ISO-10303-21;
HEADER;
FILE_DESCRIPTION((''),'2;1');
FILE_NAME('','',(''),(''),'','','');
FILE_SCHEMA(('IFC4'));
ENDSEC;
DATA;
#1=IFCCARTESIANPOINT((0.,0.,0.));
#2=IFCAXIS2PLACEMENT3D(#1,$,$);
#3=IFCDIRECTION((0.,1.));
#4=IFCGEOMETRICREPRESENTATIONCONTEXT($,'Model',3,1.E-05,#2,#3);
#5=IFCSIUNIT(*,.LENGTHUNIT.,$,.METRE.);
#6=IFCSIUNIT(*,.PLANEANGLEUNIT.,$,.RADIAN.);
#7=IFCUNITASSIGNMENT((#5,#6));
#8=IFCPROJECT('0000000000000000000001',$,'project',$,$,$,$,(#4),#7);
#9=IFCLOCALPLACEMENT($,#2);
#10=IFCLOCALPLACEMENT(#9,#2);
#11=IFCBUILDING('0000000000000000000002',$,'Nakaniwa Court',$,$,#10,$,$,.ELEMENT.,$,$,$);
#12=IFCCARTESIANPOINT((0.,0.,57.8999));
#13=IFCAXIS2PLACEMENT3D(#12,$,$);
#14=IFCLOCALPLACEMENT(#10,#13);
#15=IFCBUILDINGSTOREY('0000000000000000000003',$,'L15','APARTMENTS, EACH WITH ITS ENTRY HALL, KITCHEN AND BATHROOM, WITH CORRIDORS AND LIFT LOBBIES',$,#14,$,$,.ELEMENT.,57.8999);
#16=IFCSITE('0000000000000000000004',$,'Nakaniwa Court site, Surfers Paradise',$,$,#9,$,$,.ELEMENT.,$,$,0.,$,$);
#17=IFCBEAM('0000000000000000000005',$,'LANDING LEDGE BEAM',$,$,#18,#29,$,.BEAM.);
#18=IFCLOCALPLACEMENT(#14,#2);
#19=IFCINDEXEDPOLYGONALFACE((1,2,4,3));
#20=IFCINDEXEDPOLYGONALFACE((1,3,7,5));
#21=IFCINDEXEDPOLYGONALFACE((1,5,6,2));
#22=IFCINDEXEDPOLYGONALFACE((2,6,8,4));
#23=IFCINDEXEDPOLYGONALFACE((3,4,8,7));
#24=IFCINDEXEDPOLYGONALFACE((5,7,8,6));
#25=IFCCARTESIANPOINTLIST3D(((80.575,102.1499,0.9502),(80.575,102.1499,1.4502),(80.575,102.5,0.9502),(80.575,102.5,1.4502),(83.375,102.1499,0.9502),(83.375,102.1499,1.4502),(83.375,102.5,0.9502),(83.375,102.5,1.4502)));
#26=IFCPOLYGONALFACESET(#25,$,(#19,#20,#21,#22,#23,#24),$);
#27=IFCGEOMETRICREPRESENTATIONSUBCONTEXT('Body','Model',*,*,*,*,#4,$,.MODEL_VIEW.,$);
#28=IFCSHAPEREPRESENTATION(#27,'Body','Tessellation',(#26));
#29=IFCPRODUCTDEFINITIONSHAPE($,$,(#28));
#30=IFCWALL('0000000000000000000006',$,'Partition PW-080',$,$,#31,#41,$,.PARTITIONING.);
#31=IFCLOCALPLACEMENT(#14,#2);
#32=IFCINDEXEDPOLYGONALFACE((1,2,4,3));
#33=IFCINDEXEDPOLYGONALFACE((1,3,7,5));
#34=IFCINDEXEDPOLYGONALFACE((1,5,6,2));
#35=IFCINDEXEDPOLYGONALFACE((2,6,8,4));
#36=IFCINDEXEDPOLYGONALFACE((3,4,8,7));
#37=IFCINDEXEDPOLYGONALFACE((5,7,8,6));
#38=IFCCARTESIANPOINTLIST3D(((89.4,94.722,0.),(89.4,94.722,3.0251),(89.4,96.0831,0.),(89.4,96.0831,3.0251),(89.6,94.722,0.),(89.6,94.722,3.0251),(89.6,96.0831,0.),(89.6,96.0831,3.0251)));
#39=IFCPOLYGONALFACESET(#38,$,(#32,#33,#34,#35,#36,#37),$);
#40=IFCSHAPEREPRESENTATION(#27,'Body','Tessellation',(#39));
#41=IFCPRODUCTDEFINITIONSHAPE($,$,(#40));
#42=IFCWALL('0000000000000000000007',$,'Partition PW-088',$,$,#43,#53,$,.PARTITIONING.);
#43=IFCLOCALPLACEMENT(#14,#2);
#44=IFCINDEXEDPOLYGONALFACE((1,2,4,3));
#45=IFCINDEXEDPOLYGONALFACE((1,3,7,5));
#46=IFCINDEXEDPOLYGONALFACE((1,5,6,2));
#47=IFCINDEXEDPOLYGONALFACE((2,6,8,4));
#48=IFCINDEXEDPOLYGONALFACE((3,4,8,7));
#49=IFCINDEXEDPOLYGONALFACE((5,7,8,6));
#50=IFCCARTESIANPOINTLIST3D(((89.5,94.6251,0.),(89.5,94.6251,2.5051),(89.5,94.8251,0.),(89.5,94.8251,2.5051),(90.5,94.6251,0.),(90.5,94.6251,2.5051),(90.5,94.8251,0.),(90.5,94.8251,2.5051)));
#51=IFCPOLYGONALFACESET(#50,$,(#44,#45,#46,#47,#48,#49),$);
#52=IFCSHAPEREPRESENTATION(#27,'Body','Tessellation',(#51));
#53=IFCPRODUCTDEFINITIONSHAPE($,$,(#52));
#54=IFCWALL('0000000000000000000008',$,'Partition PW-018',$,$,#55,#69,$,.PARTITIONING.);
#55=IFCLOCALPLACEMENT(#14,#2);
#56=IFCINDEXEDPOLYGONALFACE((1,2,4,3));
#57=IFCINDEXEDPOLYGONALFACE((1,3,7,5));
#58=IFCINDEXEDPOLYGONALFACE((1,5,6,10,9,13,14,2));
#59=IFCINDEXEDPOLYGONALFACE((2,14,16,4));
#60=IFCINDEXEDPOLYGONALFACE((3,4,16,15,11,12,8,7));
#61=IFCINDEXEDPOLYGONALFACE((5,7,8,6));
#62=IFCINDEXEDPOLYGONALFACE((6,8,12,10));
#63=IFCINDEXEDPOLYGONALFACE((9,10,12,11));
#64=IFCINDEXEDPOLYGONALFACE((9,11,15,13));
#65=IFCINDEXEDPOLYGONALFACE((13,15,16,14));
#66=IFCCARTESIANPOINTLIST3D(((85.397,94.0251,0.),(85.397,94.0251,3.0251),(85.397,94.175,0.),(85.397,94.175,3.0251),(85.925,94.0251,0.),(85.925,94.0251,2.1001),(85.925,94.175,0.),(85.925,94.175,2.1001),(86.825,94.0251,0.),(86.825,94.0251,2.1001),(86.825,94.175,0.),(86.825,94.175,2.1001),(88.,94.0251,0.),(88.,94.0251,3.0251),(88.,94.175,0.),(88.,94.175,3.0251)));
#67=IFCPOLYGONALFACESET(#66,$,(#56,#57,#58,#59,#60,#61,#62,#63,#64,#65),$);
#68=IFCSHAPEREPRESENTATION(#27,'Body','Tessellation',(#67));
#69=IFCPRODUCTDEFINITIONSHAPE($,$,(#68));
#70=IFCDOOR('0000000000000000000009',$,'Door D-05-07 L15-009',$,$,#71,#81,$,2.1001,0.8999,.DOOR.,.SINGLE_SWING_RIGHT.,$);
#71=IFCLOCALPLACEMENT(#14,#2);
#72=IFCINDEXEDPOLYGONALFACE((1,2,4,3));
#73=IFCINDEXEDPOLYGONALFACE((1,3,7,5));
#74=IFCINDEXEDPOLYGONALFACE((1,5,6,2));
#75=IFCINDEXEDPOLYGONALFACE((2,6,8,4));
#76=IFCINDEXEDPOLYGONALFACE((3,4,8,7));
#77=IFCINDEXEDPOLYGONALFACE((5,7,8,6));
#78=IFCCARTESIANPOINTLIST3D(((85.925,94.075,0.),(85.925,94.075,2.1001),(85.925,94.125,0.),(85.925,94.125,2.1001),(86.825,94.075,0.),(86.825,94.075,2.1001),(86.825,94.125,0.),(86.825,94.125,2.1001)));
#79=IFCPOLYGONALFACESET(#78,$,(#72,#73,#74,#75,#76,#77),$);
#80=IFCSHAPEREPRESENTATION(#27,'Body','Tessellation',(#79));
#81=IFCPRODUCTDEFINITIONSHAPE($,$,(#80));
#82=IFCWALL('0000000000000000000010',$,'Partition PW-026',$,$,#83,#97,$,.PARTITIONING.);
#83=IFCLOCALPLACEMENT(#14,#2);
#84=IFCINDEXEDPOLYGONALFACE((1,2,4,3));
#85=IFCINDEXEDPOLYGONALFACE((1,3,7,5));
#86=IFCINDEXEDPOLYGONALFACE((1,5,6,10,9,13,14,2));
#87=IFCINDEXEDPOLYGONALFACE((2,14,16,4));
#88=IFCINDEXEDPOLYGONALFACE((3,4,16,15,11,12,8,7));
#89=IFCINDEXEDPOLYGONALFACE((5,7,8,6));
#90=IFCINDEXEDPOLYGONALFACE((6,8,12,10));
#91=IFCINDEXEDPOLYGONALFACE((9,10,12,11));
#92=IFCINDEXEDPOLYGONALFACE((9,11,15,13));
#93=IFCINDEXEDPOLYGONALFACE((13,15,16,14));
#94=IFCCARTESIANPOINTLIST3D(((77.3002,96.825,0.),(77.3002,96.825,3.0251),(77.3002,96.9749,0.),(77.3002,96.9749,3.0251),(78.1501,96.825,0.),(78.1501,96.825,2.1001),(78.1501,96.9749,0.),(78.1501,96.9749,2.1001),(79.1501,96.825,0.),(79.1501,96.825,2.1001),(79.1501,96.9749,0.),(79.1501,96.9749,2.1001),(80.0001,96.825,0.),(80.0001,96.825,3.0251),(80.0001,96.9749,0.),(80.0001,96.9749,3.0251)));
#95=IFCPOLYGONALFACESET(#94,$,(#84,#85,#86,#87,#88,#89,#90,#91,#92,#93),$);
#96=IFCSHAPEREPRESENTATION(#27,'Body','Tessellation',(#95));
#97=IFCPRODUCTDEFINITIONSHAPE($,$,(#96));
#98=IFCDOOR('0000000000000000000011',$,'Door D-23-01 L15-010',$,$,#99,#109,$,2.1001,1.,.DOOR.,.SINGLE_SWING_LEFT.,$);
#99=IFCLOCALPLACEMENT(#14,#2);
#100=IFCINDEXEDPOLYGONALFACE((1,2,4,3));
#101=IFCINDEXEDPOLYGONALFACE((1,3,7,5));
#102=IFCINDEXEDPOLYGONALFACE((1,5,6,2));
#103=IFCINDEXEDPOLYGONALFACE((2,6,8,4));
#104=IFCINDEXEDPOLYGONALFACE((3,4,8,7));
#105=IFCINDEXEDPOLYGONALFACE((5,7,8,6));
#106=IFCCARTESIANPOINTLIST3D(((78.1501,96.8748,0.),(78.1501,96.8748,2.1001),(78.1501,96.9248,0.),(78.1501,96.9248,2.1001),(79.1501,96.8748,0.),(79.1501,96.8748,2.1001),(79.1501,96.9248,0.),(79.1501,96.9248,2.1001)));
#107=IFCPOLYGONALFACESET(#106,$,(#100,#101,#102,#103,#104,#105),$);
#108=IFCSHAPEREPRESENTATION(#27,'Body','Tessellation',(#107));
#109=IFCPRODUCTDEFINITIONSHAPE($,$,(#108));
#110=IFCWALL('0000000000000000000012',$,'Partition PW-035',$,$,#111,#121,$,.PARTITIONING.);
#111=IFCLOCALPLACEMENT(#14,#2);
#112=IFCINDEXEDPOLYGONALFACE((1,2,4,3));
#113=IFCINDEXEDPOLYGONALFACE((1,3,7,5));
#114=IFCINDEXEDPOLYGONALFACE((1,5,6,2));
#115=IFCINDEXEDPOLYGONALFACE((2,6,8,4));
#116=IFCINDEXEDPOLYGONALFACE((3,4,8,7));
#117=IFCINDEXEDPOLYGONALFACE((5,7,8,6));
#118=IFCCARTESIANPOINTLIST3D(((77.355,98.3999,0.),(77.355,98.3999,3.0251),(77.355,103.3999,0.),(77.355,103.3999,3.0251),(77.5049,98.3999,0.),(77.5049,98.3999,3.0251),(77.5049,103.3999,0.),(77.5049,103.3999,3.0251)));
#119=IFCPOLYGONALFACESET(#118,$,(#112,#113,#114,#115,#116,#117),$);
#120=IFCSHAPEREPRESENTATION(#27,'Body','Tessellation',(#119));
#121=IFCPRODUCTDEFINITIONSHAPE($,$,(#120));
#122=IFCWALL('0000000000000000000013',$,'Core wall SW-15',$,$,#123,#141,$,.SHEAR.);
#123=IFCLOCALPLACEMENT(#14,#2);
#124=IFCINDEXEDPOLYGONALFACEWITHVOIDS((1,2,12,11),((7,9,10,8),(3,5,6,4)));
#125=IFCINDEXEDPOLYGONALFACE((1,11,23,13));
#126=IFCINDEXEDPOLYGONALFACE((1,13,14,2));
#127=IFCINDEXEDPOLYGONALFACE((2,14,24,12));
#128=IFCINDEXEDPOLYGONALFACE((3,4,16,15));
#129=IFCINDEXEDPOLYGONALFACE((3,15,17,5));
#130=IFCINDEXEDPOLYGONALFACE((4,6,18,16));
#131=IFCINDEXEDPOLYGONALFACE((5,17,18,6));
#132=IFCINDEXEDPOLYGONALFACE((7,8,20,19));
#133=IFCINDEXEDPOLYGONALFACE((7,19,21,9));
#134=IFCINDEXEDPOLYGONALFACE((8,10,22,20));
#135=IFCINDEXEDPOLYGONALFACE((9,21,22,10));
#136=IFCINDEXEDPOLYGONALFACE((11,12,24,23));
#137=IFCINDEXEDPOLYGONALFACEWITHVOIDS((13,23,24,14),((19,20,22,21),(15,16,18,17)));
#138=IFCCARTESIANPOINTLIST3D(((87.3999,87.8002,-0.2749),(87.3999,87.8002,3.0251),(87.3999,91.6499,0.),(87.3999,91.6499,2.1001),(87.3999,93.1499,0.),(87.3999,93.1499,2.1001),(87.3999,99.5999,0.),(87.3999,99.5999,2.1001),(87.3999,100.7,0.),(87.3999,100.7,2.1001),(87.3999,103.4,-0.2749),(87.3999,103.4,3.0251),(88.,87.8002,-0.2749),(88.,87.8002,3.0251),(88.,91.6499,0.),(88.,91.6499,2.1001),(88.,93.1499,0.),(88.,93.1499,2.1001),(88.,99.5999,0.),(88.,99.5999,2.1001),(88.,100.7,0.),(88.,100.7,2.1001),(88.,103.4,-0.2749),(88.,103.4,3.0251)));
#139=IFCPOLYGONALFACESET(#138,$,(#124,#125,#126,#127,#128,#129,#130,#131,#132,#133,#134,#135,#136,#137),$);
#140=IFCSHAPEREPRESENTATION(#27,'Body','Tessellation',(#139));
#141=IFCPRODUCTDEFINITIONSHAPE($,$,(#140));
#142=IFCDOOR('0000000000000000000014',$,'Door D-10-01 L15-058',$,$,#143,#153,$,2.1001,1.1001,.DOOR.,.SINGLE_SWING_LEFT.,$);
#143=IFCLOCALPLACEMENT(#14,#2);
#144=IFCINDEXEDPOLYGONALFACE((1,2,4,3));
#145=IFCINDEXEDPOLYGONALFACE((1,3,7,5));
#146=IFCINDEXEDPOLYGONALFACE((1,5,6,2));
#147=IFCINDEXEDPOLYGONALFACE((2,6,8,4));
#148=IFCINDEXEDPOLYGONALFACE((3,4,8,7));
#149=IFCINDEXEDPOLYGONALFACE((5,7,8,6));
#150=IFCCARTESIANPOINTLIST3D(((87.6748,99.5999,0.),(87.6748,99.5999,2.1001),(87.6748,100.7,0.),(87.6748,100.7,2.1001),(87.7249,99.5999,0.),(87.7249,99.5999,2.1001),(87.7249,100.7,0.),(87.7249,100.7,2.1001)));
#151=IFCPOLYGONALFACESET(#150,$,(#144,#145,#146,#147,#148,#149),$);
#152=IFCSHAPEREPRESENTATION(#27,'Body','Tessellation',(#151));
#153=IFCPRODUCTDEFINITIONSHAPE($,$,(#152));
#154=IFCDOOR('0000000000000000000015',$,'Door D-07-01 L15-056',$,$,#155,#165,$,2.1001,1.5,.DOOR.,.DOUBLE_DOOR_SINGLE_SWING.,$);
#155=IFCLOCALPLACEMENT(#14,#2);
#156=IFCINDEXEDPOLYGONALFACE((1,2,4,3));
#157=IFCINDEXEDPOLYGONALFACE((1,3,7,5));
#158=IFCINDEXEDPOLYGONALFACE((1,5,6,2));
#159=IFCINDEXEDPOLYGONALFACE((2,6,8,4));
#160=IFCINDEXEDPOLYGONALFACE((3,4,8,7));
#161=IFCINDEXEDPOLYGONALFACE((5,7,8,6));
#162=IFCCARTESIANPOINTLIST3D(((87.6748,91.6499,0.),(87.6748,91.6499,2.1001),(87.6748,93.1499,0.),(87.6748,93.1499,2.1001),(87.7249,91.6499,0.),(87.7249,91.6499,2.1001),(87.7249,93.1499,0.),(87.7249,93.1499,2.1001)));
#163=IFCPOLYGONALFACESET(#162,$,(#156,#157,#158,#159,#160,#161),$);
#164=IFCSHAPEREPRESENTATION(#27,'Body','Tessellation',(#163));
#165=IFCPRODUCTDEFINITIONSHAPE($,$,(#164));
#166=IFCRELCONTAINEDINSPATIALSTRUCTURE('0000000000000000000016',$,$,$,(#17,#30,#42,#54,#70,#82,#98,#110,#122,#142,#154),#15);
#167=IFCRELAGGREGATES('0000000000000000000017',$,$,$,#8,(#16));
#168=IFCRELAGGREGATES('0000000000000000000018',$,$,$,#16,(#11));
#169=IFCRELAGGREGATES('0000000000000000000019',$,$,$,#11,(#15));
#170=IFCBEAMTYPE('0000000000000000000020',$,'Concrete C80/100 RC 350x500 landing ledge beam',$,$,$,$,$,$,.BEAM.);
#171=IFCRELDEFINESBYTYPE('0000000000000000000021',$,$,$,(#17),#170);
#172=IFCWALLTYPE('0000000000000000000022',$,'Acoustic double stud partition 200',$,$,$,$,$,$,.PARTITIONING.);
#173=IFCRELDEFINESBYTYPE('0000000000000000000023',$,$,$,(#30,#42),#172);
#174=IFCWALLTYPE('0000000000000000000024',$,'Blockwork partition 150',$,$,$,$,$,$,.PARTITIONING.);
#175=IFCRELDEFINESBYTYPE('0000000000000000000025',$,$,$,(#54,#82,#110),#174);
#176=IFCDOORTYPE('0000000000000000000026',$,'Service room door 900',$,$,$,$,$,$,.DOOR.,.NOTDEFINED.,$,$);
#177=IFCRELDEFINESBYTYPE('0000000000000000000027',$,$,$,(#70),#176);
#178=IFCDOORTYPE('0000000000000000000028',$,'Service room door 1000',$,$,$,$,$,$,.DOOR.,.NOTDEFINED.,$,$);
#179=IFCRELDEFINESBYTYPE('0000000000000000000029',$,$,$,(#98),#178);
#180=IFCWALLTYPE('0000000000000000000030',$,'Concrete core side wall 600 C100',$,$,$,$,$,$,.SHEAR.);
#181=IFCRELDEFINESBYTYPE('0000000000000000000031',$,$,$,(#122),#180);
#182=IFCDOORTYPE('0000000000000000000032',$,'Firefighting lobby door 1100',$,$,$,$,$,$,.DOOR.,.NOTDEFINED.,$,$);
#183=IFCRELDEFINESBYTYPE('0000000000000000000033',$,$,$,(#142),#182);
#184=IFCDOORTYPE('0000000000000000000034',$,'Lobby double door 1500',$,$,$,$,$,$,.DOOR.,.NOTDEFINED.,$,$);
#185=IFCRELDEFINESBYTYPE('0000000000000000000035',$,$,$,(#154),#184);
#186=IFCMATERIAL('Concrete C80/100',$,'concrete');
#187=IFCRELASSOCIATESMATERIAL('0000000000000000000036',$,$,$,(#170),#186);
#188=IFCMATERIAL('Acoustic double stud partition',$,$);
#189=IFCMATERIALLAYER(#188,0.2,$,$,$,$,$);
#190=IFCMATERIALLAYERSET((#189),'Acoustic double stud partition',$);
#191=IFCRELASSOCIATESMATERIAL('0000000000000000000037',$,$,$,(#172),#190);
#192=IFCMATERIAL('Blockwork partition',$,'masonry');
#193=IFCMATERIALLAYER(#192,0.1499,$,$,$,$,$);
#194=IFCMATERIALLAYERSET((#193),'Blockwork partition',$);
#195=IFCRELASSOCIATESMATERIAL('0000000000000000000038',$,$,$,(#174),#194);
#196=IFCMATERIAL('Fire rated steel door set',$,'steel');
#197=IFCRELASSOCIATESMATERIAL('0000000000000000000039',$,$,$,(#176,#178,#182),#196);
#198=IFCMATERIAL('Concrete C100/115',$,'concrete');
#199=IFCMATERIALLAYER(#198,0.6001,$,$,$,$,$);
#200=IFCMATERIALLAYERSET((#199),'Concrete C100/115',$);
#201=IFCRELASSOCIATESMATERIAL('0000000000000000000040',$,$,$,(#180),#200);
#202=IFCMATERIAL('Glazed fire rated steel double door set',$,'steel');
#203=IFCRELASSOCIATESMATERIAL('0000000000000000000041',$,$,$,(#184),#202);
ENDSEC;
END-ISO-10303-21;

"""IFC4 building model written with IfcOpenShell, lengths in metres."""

from ifc_helpers import new_model, si_unit, direction, frame, frame_2d, origin, origin_2d, place, context, subcontext, project, spatial, rectangle, extrude, material, layer, layer_set, material_profile, profile_set, type_object, element, fill, save


model = new_model("IFC4")

# Units and contexts
model_context = context("Model", 3, precision=1e-05, world=origin(), true_north=direction((0.0, 1.0)))
body_context = subcontext(model_context, "Body", "Model", "MODEL_VIEW")
ifc_project = project(units=[si_unit("LENGTHUNIT", "METRE"), si_unit("PLANEANGLEUNIT", "RADIAN")], contexts=[model_context])

# Site, building, storey
site_placement = place(None, origin())
site = spatial("IfcSite", under=ifc_project, at=site_placement, Name="Nakaniwa Court site, Surfers Paradise", CompositionType="ELEMENT", RefElevation=0.0)
building_placement = place(site_placement, origin())
building = spatial("IfcBuilding", under=site, at=building_placement, Name="Nakaniwa Court", CompositionType="ELEMENT")
storey_placement = place(building_placement, frame((0.0, 0.0, 57.8999)))
storey = spatial("IfcBuildingStorey", under=building, at=storey_placement, Name="L15", Description="APARTMENTS, EACH WITH ITS ENTRY HALL, KITCHEN AND BATHROOM, WITH CORRIDORS AND LIFT LOBBIES", CompositionType="ELEMENT", Elevation=57.8999)

# Beam
ifc_material_1 = material(Name="Concrete C80/100", Category="concrete")
ifc_material_profile = material_profile(ifc_material_1, rectangle(XDim=0.3501, YDim=0.5, at=origin_2d()), Name="Concrete C80/100 RC 350x500 landing ledge beam")
ifc_profile_set = profile_set([ifc_material_profile], Name="Concrete C80/100")
beam_type = type_object("IfcBeamType", Name="Concrete C80/100 RC 350x500 landing ledge beam", PredefinedType="BEAM", material=ifc_profile_set)
beam_placement = place(storey_placement, frame((80.575, 102.325, 1.2002), z_axis=(1.0, 0.0, 0.0), x_axis=(0.0, 1.0, 0.0)))
element("IfcBeam", 1, at=beam_placement, inside=storey, type_object=beam_type, Name="LANDING LEDGE BEAM", PredefinedType="BEAM", context=body_context, shape_type="SweptSolid", body=[
    extrude(rectangle(XDim=0.3501, YDim=0.5, at=origin_2d()), origin(), (0.0, 0.0, 1.0), 2.8),
])

# Walls
ifc_material_2 = material(Name="Acoustic double stud partition")
ifc_layer_1 = layer(ifc_material_2, 0.2)
ifc_layer_set_1 = layer_set([ifc_layer_1], Name="Acoustic double stud partition")
wall_type_1 = type_object("IfcWallType", Name="Acoustic double stud partition 200", PredefinedType="PARTITIONING", material=ifc_layer_set_1)
wall_1_placement = place(storey_placement, frame((89.5, 94.7219, 0.0), z_axis=(0.0, 0.0, 1.0), x_axis=(0.0, 1.0, 0.0)))
element("IfcWall", 2, at=wall_1_placement, inside=storey, type_object=wall_type_1, Name="Partition PW-080", PredefinedType="PARTITIONING", context=body_context, shape_type="SweptSolid", body=[
    extrude(rectangle(XDim=1.3611, YDim=0.2, at=frame_2d((0.6807, 0.0))), origin(), (0.0, 0.0, 1.0), 3.0251),
])
wall_2_placement = place(storey_placement, frame((89.5, 94.7251, 0.0), z_axis=(0.0, 0.0, 1.0), x_axis=(1.0, 0.0, 0.0)))
element("IfcWall", 3, at=wall_2_placement, inside=storey, type_object=wall_type_1, Name="Partition PW-088", PredefinedType="PARTITIONING", context=body_context, shape_type="SweptSolid", body=[
    extrude(rectangle(XDim=1.0, YDim=0.2, at=frame_2d((0.5, 0.0))), origin(), (0.0, 0.0, 1.0), 2.5051),
])

# Walls, openings, doors
ifc_material_3 = material(Name="Blockwork partition", Category="masonry")
ifc_layer_2 = layer(ifc_material_3, 0.1499)
ifc_layer_set_2 = layer_set([ifc_layer_2], Name="Blockwork partition")
wall_type_2 = type_object("IfcWallType", Name="Blockwork partition 150", PredefinedType="PARTITIONING", material=ifc_layer_set_2)
wall_3_placement = place(storey_placement, frame((85.397, 94.1001, 0.0), z_axis=(0.0, 0.0, 1.0), x_axis=(1.0, 0.0, 0.0)))
wall_3 = element("IfcWall", 4, at=wall_3_placement, inside=storey, type_object=wall_type_2, Name="Partition PW-018", PredefinedType="PARTITIONING", context=body_context, shape_type="SweptSolid", body=[
    extrude(rectangle(XDim=2.603, YDim=0.1499, at=frame_2d((1.3015, 0.0))), origin(), (0.0, 0.0, 1.0), 3.0251),
])
opening_1_placement = place(wall_3_placement, frame((0.5281, 0.0, 0.0)))
opening_1 = element("IfcOpeningElement", 5, at=opening_1_placement, cuts=wall_3, PredefinedType="OPENING", context=body_context, shape_type="SweptSolid", body=[
    extrude(rectangle(XDim=0.8999, YDim=2.1001, at=frame_2d((0.45, 1.05))), frame((0.0, 0.085, 0.0), z_axis=(0.0, -1.0, 0.0), x_axis=(1.0, 0.0, 0.0)), (0.0, 0.0, 1.0), 0.1699),
])
ifc_material_4 = material(Name="Fire rated steel door set", Category="steel")
door_type_1 = type_object("IfcDoorType", Name="Service room door 900", OperationType="NOTDEFINED", PredefinedType="DOOR", material=ifc_material_4)
door_1_placement = place(opening_1_placement, origin())
door_1 = element("IfcDoor", 6, at=door_1_placement, inside=storey, type_object=door_type_1, Name="Door D-05-07 L15-009", OperationType="SINGLE_SWING_RIGHT", OverallHeight=2.1001, OverallWidth=0.8999, PredefinedType="DOOR", context=body_context, shape_type="SweptSolid", body=[
    extrude(rectangle(XDim=0.8999, YDim=2.1001, at=frame_2d((0.45, 1.05))), frame((0.0, 0.0249, 0.0), z_axis=(0.0, -1.0, 0.0), x_axis=(1.0, 0.0, 0.0)), (0.0, 0.0, 1.0), 0.05),
])
fill(opening_1, door_1)
wall_4_placement = place(storey_placement, frame((77.3, 96.8999, 0.0), z_axis=(0.0, 0.0, 1.0), x_axis=(1.0, 0.0, 0.0)))
wall_4 = element("IfcWall", 7, at=wall_4_placement, inside=storey, type_object=wall_type_2, Name="Partition PW-026", PredefinedType="PARTITIONING", context=body_context, shape_type="SweptSolid", body=[
    extrude(rectangle(XDim=2.7, YDim=0.1499, at=frame_2d((1.3501, 0.0))), origin(), (0.0, 0.0, 1.0), 3.0251),
])
opening_2_placement = place(wall_4_placement, frame((0.8501, 0.0, 0.0)))
opening_2 = element("IfcOpeningElement", 8, at=opening_2_placement, cuts=wall_4, PredefinedType="OPENING", context=body_context, shape_type="SweptSolid", body=[
    extrude(rectangle(XDim=1.0, YDim=2.1001, at=frame_2d((0.5, 1.05))), frame((0.0, 0.085, 0.0), z_axis=(0.0, -1.0, 0.0), x_axis=(1.0, 0.0, 0.0)), (0.0, 0.0, 1.0), 0.1699),
])
door_type_2 = type_object("IfcDoorType", Name="Service room door 1000", OperationType="NOTDEFINED", PredefinedType="DOOR", material=ifc_material_4)
door_2_placement = place(opening_2_placement, origin())
door_2 = element("IfcDoor", 9, at=door_2_placement, inside=storey, type_object=door_type_2, Name="Door D-23-01 L15-010", OperationType="SINGLE_SWING_LEFT", OverallHeight=2.1001, OverallWidth=1.0, PredefinedType="DOOR", context=body_context, shape_type="SweptSolid", body=[
    extrude(rectangle(XDim=1.0, YDim=2.1001, at=frame_2d((0.5, 1.05))), frame((0.0, 0.0249, 0.0), z_axis=(0.0, -1.0, 0.0), x_axis=(1.0, 0.0, 0.0)), (0.0, 0.0, 1.0), 0.05),
])
fill(opening_2, door_2)

# Wall
wall_5_placement = place(storey_placement, frame((77.4299, 98.3999, 0.0), z_axis=(0.0, 0.0, 1.0), x_axis=(0.0, 1.0, 0.0)))
element("IfcWall", 10, at=wall_5_placement, inside=storey, type_object=wall_type_2, Name="Partition PW-035", PredefinedType="PARTITIONING", context=body_context, shape_type="SweptSolid", body=[
    extrude(rectangle(XDim=5.0, YDim=0.1499, at=frame_2d((2.5, 0.0))), origin(), (0.0, 0.0, 1.0), 3.0251),
])

# Wall, openings, doors
ifc_material_5 = material(Name="Concrete C100/115", Category="concrete")
ifc_layer_3 = layer(ifc_material_5, 0.6001)
ifc_layer_set_3 = layer_set([ifc_layer_3], Name="Concrete C100/115")
wall_type_3 = type_object("IfcWallType", Name="Concrete core side wall 600 C100", PredefinedType="SHEAR", material=ifc_layer_set_3)
wall_6_placement = place(storey_placement, frame((87.7, 103.3999, -0.2749), z_axis=(0.0, 0.0, 1.0), x_axis=(0.0, -1.0, 0.0)))
wall_6 = element("IfcWall", 11, at=wall_6_placement, inside=storey, type_object=wall_type_3, Name="Core wall SW-15", PredefinedType="SHEAR", context=body_context, shape_type="SweptSolid", body=[
    extrude(rectangle(XDim=15.5999, YDim=0.6001, at=frame_2d((7.7998, 0.0))), origin(), (0.0, 0.0, 1.0), 3.3),
])
opening_3_placement = place(wall_6_placement, frame((10.25, 0.0, 0.2749)))
opening_3 = element("IfcOpeningElement", 12, at=opening_3_placement, cuts=wall_6, PredefinedType="OPENING", context=body_context, shape_type="SweptSolid", body=[
    extrude(rectangle(XDim=1.5, YDim=2.1001, at=frame_2d((0.75, 1.05))), frame((0.0, 0.3101, 0.0), z_axis=(0.0, -1.0, 0.0), x_axis=(1.0, 0.0, 0.0)), (0.0, 0.0, 1.0), 0.6201),
])
opening_4_placement = place(wall_6_placement, frame((2.7, 0.0, 0.2749)))
opening_4 = element("IfcOpeningElement", 13, at=opening_4_placement, cuts=wall_6, PredefinedType="OPENING", context=body_context, shape_type="SweptSolid", body=[
    extrude(rectangle(XDim=1.1001, YDim=2.1001, at=frame_2d((0.55, 1.05))), frame((0.0, 0.3101, 0.0), z_axis=(0.0, -1.0, 0.0), x_axis=(1.0, 0.0, 0.0)), (0.0, 0.0, 1.0), 0.6201),
])
door_type_3 = type_object("IfcDoorType", Name="Firefighting lobby door 1100", OperationType="NOTDEFINED", PredefinedType="DOOR", material=ifc_material_4)
door_3_placement = place(opening_4_placement, origin())
door_3 = element("IfcDoor", 14, at=door_3_placement, inside=storey, type_object=door_type_3, Name="Door D-10-01 L15-058", OperationType="SINGLE_SWING_LEFT", OverallHeight=2.1001, OverallWidth=1.1001, PredefinedType="DOOR", context=body_context, shape_type="SweptSolid", body=[
    extrude(rectangle(XDim=1.1001, YDim=2.1001, at=frame_2d((0.55, 1.05))), frame((0.0, 0.0249, 0.0), z_axis=(0.0, -1.0, 0.0), x_axis=(1.0, 0.0, 0.0)), (0.0, 0.0, 1.0), 0.05),
])
fill(opening_4, door_3)
ifc_material_6 = material(Name="Glazed fire rated steel double door set", Category="steel")
door_type_4 = type_object("IfcDoorType", Name="Lobby double door 1500", OperationType="NOTDEFINED", PredefinedType="DOOR", material=ifc_material_6)
door_4_placement = place(opening_3_placement, origin())
door_4 = element("IfcDoor", 15, at=door_4_placement, inside=storey, type_object=door_type_4, Name="Door D-07-01 L15-056", OperationType="DOUBLE_DOOR_SINGLE_SWING", OverallHeight=2.1001, OverallWidth=1.5, PredefinedType="DOOR", context=body_context, shape_type="SweptSolid", body=[
    extrude(rectangle(XDim=1.5, YDim=2.1001, at=frame_2d((0.75, 1.05))), frame((0.0, 0.0249, 0.0), z_axis=(0.0, -1.0, 0.0), x_axis=(1.0, 0.0, 0.0)), (0.0, 0.0, 1.0), 0.05),
])
fill(opening_3, door_4)

save(model, "model.ifc")
